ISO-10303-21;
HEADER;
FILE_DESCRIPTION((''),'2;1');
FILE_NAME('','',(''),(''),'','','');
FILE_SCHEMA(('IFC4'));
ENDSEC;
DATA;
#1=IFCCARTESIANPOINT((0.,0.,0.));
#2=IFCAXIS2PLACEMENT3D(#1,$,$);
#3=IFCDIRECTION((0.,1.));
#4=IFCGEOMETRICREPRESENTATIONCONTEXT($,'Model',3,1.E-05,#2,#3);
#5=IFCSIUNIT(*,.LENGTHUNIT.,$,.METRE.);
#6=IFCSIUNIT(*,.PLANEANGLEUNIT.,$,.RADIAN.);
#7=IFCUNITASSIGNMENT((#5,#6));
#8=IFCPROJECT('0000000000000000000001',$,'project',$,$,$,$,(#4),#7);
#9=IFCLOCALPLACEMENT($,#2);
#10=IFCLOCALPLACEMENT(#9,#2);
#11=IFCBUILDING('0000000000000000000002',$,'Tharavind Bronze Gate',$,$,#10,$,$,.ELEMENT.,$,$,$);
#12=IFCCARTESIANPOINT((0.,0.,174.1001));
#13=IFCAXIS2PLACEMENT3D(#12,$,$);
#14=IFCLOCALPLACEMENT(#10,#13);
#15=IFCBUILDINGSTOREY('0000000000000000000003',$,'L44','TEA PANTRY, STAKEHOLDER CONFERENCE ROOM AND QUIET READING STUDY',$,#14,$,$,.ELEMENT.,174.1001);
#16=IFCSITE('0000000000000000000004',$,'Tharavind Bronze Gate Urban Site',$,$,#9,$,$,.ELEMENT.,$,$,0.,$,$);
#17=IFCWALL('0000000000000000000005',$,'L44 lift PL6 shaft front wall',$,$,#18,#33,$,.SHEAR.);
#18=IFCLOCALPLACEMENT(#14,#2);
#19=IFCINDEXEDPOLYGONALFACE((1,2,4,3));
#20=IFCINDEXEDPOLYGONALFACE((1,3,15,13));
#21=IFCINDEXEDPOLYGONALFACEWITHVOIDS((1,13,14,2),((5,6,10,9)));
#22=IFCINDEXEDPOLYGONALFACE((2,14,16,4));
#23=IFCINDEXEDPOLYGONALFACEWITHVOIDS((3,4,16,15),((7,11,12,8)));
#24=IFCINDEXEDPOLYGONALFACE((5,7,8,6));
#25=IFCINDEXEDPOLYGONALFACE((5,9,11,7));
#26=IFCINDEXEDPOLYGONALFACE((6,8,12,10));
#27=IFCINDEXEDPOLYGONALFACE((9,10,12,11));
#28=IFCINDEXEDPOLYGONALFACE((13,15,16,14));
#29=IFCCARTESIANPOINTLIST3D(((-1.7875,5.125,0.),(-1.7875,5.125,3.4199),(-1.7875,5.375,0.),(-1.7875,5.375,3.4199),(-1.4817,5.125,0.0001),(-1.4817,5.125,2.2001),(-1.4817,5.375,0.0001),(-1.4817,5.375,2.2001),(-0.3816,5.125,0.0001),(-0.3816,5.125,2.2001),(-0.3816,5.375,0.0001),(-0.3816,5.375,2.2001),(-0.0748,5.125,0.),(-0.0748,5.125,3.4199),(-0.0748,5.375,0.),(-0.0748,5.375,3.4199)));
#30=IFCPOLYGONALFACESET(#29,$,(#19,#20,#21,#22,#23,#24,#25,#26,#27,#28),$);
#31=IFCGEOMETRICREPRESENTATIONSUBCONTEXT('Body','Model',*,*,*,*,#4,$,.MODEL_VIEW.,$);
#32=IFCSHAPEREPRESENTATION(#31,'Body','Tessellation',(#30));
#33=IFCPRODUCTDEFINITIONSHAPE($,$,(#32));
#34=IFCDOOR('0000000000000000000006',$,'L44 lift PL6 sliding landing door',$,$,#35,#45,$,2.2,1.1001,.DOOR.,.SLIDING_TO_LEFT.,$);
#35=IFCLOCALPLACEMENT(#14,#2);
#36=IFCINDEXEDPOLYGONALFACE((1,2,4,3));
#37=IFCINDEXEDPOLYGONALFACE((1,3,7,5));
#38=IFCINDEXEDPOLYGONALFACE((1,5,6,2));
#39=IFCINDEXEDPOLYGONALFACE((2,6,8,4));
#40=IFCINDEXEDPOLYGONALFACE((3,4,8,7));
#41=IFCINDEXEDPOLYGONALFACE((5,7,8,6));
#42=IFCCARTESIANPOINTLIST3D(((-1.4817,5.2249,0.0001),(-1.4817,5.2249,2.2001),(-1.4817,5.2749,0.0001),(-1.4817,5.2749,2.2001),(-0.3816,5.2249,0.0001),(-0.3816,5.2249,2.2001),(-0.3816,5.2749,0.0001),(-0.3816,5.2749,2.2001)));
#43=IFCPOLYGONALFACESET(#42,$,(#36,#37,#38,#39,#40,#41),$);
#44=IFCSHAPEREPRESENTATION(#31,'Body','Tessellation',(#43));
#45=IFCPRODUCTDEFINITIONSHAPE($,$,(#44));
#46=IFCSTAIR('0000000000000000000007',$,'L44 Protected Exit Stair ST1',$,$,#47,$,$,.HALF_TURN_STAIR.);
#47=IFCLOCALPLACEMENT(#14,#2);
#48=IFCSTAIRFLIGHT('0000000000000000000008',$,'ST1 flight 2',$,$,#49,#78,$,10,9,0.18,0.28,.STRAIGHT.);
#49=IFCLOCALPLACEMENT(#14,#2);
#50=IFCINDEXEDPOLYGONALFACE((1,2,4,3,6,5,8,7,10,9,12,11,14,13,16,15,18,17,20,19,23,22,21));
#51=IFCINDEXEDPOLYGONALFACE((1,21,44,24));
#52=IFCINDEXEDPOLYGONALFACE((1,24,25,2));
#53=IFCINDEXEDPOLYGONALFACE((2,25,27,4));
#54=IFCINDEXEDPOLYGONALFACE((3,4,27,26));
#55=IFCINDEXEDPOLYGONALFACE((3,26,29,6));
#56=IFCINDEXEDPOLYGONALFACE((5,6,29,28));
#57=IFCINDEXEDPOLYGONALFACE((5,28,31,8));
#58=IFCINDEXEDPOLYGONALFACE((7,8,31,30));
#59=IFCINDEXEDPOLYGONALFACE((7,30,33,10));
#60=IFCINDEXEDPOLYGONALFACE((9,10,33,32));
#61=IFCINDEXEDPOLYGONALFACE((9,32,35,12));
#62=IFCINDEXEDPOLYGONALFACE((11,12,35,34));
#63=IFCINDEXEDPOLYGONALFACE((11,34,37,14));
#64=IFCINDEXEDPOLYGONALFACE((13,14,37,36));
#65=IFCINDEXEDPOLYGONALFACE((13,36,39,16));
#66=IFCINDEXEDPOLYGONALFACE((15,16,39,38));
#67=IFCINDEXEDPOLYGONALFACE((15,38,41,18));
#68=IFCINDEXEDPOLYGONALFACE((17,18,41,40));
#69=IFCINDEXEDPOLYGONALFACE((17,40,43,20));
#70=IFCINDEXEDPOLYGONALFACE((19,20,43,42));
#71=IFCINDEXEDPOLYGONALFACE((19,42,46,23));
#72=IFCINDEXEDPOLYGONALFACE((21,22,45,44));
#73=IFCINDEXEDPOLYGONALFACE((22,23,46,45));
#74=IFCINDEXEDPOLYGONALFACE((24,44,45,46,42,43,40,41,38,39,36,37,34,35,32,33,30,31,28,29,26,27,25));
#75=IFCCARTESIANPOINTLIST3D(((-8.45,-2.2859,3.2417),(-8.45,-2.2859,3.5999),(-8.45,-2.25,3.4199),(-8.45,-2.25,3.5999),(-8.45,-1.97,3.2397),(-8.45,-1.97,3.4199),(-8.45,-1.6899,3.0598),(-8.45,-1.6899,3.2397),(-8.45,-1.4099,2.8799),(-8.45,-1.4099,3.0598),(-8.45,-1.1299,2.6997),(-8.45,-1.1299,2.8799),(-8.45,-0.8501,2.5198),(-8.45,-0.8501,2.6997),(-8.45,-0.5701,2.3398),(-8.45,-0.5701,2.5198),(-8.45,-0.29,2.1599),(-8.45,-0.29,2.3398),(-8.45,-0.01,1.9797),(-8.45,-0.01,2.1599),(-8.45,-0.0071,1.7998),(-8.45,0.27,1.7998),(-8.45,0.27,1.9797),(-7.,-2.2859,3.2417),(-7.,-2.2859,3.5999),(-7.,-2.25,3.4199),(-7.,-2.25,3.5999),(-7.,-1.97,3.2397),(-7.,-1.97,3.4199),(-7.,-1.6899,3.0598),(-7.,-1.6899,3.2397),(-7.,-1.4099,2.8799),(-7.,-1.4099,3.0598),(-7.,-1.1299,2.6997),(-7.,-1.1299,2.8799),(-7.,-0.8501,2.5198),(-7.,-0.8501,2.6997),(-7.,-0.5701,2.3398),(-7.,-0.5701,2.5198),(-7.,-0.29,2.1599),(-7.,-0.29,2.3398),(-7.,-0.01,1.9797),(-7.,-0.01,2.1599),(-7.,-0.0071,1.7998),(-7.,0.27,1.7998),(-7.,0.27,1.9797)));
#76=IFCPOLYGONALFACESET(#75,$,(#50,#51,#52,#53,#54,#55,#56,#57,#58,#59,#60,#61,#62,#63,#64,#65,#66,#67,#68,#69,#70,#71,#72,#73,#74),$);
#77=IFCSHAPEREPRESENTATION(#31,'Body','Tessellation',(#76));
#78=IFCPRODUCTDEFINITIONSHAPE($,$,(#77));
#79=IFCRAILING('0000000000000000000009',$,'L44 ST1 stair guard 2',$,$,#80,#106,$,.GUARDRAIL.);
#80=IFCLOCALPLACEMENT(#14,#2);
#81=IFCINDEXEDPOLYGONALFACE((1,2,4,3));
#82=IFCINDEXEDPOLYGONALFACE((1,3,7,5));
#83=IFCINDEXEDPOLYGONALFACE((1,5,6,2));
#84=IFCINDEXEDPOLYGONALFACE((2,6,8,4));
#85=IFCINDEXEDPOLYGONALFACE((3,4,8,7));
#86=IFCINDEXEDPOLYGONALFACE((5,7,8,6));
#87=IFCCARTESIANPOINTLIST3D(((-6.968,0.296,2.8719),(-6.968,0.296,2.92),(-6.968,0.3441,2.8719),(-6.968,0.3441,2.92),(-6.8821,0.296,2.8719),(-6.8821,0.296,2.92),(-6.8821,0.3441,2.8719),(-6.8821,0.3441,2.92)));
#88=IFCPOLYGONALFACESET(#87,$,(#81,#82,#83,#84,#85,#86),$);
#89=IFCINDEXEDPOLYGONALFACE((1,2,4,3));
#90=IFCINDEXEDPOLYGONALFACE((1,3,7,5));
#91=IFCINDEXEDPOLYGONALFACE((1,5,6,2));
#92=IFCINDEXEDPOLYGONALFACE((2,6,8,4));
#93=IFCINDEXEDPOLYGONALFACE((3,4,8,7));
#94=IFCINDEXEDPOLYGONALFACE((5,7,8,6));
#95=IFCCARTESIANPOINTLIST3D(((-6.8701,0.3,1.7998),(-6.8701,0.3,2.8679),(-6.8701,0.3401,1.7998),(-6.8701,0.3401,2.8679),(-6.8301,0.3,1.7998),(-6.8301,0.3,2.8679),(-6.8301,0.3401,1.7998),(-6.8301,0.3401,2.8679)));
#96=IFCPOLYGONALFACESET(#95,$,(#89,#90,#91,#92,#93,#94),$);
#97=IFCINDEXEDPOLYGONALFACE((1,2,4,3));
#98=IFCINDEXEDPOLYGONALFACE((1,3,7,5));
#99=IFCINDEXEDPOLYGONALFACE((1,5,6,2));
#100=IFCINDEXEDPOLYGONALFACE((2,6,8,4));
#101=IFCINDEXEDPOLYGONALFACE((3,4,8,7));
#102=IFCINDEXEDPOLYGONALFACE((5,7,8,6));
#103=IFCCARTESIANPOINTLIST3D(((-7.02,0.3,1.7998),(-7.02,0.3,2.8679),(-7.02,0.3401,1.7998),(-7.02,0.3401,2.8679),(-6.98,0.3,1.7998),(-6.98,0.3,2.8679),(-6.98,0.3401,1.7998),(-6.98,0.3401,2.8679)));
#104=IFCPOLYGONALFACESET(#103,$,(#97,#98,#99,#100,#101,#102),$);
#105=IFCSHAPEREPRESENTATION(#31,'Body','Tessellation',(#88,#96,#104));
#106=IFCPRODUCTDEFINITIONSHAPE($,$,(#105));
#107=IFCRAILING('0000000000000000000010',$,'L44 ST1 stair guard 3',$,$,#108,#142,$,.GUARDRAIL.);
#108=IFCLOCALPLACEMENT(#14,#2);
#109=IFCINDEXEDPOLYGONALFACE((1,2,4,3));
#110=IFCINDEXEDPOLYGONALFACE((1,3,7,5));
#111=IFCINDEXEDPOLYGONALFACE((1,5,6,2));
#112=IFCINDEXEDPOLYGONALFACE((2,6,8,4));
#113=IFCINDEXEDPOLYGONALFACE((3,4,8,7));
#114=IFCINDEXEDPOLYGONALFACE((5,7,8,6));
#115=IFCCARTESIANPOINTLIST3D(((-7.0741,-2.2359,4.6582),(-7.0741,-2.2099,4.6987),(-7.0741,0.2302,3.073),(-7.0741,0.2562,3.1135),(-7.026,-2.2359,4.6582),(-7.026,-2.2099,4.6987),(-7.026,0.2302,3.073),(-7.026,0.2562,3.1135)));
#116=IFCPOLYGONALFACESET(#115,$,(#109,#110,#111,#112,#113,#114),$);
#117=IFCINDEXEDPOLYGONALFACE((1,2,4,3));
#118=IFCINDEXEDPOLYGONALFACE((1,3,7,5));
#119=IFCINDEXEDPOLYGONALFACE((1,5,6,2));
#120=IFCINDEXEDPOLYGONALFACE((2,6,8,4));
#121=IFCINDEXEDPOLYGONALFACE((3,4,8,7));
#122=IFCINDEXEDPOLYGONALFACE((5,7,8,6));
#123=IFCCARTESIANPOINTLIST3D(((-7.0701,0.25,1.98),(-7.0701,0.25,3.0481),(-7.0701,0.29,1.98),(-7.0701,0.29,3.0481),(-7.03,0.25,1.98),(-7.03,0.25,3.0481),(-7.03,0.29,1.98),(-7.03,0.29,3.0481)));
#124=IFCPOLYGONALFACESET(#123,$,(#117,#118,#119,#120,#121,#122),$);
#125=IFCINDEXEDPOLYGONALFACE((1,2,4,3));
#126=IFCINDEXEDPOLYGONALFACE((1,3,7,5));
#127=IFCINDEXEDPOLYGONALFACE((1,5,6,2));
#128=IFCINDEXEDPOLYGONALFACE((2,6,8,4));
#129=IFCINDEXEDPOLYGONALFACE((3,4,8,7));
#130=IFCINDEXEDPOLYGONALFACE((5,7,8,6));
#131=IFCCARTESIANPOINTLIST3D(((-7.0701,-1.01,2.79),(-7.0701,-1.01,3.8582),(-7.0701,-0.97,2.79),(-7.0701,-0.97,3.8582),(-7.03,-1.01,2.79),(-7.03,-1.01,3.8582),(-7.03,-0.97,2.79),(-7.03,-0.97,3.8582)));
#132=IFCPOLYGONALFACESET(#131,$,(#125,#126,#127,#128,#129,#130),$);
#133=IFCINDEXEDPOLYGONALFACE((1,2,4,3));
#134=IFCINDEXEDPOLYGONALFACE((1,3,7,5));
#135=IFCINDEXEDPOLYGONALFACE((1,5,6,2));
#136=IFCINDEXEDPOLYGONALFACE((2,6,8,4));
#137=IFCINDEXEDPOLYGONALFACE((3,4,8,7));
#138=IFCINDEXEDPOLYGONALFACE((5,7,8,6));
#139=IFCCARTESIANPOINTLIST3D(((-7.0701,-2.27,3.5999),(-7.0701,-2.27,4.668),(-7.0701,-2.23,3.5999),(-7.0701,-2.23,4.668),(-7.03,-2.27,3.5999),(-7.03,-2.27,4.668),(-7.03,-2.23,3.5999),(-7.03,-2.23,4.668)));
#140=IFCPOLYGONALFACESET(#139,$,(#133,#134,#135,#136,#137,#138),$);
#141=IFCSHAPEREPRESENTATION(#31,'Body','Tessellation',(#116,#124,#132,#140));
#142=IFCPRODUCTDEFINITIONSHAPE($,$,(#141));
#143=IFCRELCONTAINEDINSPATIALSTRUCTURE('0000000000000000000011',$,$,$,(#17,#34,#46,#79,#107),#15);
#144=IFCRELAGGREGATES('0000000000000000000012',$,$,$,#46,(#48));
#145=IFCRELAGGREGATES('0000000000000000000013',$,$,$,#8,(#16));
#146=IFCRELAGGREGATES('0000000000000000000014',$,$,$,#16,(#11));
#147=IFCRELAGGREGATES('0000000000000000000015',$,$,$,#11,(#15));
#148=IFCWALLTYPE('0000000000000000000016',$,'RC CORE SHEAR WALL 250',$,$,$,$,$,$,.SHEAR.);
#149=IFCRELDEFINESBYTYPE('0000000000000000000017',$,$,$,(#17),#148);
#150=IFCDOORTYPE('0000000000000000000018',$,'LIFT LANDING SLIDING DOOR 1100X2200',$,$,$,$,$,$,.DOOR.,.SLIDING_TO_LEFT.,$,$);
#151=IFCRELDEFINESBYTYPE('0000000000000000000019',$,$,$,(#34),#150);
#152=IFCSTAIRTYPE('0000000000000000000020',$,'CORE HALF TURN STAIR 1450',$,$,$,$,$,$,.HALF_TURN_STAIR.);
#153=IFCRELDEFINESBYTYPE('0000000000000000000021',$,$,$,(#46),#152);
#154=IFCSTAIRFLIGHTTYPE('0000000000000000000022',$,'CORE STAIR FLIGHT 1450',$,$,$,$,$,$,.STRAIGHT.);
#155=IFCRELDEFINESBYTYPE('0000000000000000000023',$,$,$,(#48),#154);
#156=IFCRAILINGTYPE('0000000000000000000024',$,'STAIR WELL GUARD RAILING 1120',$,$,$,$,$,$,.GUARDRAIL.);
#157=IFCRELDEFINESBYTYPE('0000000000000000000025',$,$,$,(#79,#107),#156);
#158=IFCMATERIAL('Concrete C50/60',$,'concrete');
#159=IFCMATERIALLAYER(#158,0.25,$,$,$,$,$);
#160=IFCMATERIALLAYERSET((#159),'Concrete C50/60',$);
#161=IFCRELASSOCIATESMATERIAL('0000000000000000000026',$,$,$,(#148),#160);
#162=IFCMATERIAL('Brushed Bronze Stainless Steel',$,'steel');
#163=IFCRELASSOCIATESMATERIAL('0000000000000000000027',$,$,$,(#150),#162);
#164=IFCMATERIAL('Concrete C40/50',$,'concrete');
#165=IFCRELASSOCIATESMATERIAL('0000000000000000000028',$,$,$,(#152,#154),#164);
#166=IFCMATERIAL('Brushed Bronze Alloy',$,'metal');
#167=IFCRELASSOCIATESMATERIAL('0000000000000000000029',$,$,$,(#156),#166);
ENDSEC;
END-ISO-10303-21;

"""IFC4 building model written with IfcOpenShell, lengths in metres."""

from ifc_helpers import new_model, si_unit, direction, frame, frame_2d, origin, origin_2d, place, context, subcontext, project, spatial, polyline, rectangle, outline, extrude, material, layer, layer_set, type_object, element, fill, aggregate, save


model = new_model("IFC4")

# Units and contexts
model_context = context("Model", 3, precision=1e-05, world=origin(), true_north=direction((0.0, 1.0)))
body_context = subcontext(model_context, "Body", "Model", "MODEL_VIEW")
ifc_project = project(units=[si_unit("LENGTHUNIT", "METRE"), si_unit("PLANEANGLEUNIT", "RADIAN")], contexts=[model_context])

# Site, building, storey
site_placement = place(None, origin())
site = spatial("IfcSite", under=ifc_project, at=site_placement, Name="Tharavind Bronze Gate Urban Site", CompositionType="ELEMENT", RefElevation=0.0)
building_placement = place(site_placement, origin())
building = spatial("IfcBuilding", under=site, at=building_placement, Name="Tharavind Bronze Gate", CompositionType="ELEMENT")
storey_placement = place(building_placement, frame((0.0, 0.0, 174.1001)))
storey = spatial("IfcBuildingStorey", under=building, at=storey_placement, Name="L44", Description="TEA PANTRY, STAKEHOLDER CONFERENCE ROOM AND QUIET READING STUDY", CompositionType="ELEMENT", Elevation=174.1001)

# Shared definitions
ifc_material_1 = material(Name="Concrete C40/50", Category="concrete")

# Wall, opening, door
ifc_material_2 = material(Name="Concrete C50/60", Category="concrete")
ifc_layer_1 = layer(ifc_material_2, 0.25)
ifc_layer_set_1 = layer_set([ifc_layer_1], Name="Concrete C50/60")
wall_type_1 = type_object("IfcWallType", Name="RC CORE SHEAR WALL 250", PredefinedType="SHEAR", material=ifc_layer_set_1)
ifc_material_3 = material(Name="Brushed Bronze Stainless Steel", Category="steel")
door_type_1 = type_object("IfcDoorType", Name="LIFT LANDING SLIDING DOOR 1100X2200", OperationType="SLIDING_TO_LEFT", PredefinedType="DOOR", material=ifc_material_3)
wall_1_placement = place(storey_placement, frame((-1.7876, 5.25, 0.0), z_axis=(0.0, 0.0, 1.0), x_axis=(1.0, 0.0, 0.0)))
wall_1 = element("IfcWall", 1, at=wall_1_placement, inside=storey, type_object=wall_type_1, Name="L44 lift PL6 shaft front wall", PredefinedType="SHEAR", context=body_context, shape_type="SweptSolid", body=[
    extrude(rectangle(XDim=1.7126, YDim=0.25, at=frame_2d((0.8564, 0.0))), origin(), (0.0, 0.0, 1.0), 3.4199),
])
opening_1_placement = place(wall_1_placement, frame((0.3059, 0.0, 0.0)))
opening_1 = element("IfcOpeningElement", 2, at=opening_1_placement, cuts=wall_1, PredefinedType="OPENING", context=body_context, shape_type="SweptSolid", body=[
    extrude(rectangle(XDim=1.1001, YDim=2.2, at=frame_2d((0.55, 1.1001))), frame((0.0, 0.135, 0.0), z_axis=(0.0, -1.0, 0.0), x_axis=(1.0, 0.0, 0.0)), (0.0, 0.0, 1.0), 0.27),
])
door_1_placement = place(opening_1_placement, origin())
door_1 = element("IfcDoor", 3, at=door_1_placement, inside=storey, type_object=door_type_1, Name="L44 lift PL6 sliding landing door", OperationType="SLIDING_TO_LEFT", OverallHeight=2.2, OverallWidth=1.1001, PredefinedType="DOOR", context=body_context, shape_type="SweptSolid", body=[
    extrude(rectangle(XDim=1.1001, YDim=2.2, at=frame_2d((0.55, 1.1001))), frame((0.0, 0.0249, 0.0), z_axis=(0.0, -1.0, 0.0), x_axis=(1.0, 0.0, 0.0)), (0.0, 0.0, 1.0), 0.05),
])
fill(opening_1, door_1)

# Stair, stair flight
stair_type = type_object("IfcStairType", Name="CORE HALF TURN STAIR 1450", PredefinedType="HALF_TURN_STAIR", material=ifc_material_1)
stair_placement = place(storey_placement, origin())
stair = element("IfcStair", 4, at=stair_placement, inside=storey, type_object=stair_type, Name="L44 Protected Exit Stair ST1", PredefinedType="HALF_TURN_STAIR")
stair_flight_type = type_object("IfcStairFlightType", Name="CORE STAIR FLIGHT 1450", PredefinedType="STRAIGHT", material=ifc_material_1)
stair_flight_placement = place(storey_placement, frame((-7.7251, 0.27, 1.7998), z_axis=(0.0, 0.0, 1.0), x_axis=(0.0, -1.0, 0.0)))
stair_flight = element("IfcStairFlight", 5, at=stair_flight_placement, type_object=stair_flight_type, Name="ST1 flight 2", NumberOfRisers=10, NumberOfTreads=9, PredefinedType="STRAIGHT", RiserHeight=0.18, TreadLength=0.28, context=body_context, shape_type="SweptSolid", body=[
    extrude(outline(polyline([(0.0, 0.0), (0.0, 0.1799), (0.28, 0.1799), (0.28, 0.3601), (0.5601, 0.3601), (0.5601, 0.54), (0.8401, 0.54), (0.8401, 0.72), (1.1201, 0.72), (1.1201, 0.8999), (1.3999, 0.8999), (1.3999, 1.0801), (1.6799, 1.0801), (1.6799, 1.26), (1.96, 1.26), (1.96, 1.4399), (2.24, 1.4399), (2.24, 1.6201), (2.52, 1.6201), (2.52, 1.8), (2.5559, 1.8), (2.5559, 1.4419), (0.2771, 0.0), (0.0, 0.0)])), frame((0.0, 0.7251, 0.0), z_axis=(0.0, -1.0, 0.0), x_axis=(1.0, 0.0, 0.0)), (0.0, 0.0, 1.0), 1.45),
])
aggregate(stair, [stair_flight])

# Railings
ifc_material_4 = material(Name="Brushed Bronze Alloy", Category="metal")
railing_type = type_object("IfcRailingType", Name="STAIR WELL GUARD RAILING 1120", PredefinedType="GUARDRAIL", material=ifc_material_4)
railing_1_placement = place(storey_placement, frame((-6.8501, 0.3201, 1.7998)))
element("IfcRailing", 6, at=railing_1_placement, inside=storey, type_object=railing_type, Name="L44 ST1 stair guard 2", PredefinedType="GUARDRAIL", context=body_context, shape_type="SweptSolid", body=[
    extrude(rectangle(XDim=0.0481, YDim=0.0481, at=origin_2d()), frame((-0.032, 0.0, 1.0962), z_axis=(-1.0, 0.0, 0.0), x_axis=(0.0, -1.0, 0.0)), (0.0, 0.0, 1.0), 0.0859),
    extrude(rectangle(XDim=0.04, YDim=0.04, at=origin_2d()), origin(), (0.0, 0.0, 1.0), 1.0681),
    extrude(rectangle(XDim=0.04, YDim=0.04, at=origin_2d()), frame((-0.1499, 0.0, 0.0)), (0.0, 0.0, 1.0), 1.0681),
])
railing_2_placement = place(storey_placement, frame((-7.05, 0.27, 1.98)))
element("IfcRailing", 7, at=railing_2_placement, inside=storey, type_object=railing_type, Name="L44 ST1 stair guard 3", PredefinedType="GUARDRAIL", context=body_context, shape_type="SweptSolid", body=[
    extrude(rectangle(XDim=0.0481, YDim=0.0481, at=origin_2d()), frame((0.0, -0.0269, 1.1133), z_axis=(0.0, -0.8412, 0.540725), x_axis=(1.0, 0.0, 0.0)), (0.0, 0.0, 1.0), 2.9316),
    extrude(rectangle(XDim=0.04, YDim=0.04, at=origin_2d()), origin(), (0.0, 0.0, 1.0), 1.0681),
    extrude(rectangle(XDim=0.04, YDim=0.04, at=origin_2d()), frame((0.0, -1.26, 0.8101)), (0.0, 0.0, 1.0), 1.0681),
    extrude(rectangle(XDim=0.04, YDim=0.04, at=origin_2d()), frame((0.0, -2.52, 1.6199)), (0.0, 0.0, 1.0), 1.0681),
])

save(model, "model.ifc")
